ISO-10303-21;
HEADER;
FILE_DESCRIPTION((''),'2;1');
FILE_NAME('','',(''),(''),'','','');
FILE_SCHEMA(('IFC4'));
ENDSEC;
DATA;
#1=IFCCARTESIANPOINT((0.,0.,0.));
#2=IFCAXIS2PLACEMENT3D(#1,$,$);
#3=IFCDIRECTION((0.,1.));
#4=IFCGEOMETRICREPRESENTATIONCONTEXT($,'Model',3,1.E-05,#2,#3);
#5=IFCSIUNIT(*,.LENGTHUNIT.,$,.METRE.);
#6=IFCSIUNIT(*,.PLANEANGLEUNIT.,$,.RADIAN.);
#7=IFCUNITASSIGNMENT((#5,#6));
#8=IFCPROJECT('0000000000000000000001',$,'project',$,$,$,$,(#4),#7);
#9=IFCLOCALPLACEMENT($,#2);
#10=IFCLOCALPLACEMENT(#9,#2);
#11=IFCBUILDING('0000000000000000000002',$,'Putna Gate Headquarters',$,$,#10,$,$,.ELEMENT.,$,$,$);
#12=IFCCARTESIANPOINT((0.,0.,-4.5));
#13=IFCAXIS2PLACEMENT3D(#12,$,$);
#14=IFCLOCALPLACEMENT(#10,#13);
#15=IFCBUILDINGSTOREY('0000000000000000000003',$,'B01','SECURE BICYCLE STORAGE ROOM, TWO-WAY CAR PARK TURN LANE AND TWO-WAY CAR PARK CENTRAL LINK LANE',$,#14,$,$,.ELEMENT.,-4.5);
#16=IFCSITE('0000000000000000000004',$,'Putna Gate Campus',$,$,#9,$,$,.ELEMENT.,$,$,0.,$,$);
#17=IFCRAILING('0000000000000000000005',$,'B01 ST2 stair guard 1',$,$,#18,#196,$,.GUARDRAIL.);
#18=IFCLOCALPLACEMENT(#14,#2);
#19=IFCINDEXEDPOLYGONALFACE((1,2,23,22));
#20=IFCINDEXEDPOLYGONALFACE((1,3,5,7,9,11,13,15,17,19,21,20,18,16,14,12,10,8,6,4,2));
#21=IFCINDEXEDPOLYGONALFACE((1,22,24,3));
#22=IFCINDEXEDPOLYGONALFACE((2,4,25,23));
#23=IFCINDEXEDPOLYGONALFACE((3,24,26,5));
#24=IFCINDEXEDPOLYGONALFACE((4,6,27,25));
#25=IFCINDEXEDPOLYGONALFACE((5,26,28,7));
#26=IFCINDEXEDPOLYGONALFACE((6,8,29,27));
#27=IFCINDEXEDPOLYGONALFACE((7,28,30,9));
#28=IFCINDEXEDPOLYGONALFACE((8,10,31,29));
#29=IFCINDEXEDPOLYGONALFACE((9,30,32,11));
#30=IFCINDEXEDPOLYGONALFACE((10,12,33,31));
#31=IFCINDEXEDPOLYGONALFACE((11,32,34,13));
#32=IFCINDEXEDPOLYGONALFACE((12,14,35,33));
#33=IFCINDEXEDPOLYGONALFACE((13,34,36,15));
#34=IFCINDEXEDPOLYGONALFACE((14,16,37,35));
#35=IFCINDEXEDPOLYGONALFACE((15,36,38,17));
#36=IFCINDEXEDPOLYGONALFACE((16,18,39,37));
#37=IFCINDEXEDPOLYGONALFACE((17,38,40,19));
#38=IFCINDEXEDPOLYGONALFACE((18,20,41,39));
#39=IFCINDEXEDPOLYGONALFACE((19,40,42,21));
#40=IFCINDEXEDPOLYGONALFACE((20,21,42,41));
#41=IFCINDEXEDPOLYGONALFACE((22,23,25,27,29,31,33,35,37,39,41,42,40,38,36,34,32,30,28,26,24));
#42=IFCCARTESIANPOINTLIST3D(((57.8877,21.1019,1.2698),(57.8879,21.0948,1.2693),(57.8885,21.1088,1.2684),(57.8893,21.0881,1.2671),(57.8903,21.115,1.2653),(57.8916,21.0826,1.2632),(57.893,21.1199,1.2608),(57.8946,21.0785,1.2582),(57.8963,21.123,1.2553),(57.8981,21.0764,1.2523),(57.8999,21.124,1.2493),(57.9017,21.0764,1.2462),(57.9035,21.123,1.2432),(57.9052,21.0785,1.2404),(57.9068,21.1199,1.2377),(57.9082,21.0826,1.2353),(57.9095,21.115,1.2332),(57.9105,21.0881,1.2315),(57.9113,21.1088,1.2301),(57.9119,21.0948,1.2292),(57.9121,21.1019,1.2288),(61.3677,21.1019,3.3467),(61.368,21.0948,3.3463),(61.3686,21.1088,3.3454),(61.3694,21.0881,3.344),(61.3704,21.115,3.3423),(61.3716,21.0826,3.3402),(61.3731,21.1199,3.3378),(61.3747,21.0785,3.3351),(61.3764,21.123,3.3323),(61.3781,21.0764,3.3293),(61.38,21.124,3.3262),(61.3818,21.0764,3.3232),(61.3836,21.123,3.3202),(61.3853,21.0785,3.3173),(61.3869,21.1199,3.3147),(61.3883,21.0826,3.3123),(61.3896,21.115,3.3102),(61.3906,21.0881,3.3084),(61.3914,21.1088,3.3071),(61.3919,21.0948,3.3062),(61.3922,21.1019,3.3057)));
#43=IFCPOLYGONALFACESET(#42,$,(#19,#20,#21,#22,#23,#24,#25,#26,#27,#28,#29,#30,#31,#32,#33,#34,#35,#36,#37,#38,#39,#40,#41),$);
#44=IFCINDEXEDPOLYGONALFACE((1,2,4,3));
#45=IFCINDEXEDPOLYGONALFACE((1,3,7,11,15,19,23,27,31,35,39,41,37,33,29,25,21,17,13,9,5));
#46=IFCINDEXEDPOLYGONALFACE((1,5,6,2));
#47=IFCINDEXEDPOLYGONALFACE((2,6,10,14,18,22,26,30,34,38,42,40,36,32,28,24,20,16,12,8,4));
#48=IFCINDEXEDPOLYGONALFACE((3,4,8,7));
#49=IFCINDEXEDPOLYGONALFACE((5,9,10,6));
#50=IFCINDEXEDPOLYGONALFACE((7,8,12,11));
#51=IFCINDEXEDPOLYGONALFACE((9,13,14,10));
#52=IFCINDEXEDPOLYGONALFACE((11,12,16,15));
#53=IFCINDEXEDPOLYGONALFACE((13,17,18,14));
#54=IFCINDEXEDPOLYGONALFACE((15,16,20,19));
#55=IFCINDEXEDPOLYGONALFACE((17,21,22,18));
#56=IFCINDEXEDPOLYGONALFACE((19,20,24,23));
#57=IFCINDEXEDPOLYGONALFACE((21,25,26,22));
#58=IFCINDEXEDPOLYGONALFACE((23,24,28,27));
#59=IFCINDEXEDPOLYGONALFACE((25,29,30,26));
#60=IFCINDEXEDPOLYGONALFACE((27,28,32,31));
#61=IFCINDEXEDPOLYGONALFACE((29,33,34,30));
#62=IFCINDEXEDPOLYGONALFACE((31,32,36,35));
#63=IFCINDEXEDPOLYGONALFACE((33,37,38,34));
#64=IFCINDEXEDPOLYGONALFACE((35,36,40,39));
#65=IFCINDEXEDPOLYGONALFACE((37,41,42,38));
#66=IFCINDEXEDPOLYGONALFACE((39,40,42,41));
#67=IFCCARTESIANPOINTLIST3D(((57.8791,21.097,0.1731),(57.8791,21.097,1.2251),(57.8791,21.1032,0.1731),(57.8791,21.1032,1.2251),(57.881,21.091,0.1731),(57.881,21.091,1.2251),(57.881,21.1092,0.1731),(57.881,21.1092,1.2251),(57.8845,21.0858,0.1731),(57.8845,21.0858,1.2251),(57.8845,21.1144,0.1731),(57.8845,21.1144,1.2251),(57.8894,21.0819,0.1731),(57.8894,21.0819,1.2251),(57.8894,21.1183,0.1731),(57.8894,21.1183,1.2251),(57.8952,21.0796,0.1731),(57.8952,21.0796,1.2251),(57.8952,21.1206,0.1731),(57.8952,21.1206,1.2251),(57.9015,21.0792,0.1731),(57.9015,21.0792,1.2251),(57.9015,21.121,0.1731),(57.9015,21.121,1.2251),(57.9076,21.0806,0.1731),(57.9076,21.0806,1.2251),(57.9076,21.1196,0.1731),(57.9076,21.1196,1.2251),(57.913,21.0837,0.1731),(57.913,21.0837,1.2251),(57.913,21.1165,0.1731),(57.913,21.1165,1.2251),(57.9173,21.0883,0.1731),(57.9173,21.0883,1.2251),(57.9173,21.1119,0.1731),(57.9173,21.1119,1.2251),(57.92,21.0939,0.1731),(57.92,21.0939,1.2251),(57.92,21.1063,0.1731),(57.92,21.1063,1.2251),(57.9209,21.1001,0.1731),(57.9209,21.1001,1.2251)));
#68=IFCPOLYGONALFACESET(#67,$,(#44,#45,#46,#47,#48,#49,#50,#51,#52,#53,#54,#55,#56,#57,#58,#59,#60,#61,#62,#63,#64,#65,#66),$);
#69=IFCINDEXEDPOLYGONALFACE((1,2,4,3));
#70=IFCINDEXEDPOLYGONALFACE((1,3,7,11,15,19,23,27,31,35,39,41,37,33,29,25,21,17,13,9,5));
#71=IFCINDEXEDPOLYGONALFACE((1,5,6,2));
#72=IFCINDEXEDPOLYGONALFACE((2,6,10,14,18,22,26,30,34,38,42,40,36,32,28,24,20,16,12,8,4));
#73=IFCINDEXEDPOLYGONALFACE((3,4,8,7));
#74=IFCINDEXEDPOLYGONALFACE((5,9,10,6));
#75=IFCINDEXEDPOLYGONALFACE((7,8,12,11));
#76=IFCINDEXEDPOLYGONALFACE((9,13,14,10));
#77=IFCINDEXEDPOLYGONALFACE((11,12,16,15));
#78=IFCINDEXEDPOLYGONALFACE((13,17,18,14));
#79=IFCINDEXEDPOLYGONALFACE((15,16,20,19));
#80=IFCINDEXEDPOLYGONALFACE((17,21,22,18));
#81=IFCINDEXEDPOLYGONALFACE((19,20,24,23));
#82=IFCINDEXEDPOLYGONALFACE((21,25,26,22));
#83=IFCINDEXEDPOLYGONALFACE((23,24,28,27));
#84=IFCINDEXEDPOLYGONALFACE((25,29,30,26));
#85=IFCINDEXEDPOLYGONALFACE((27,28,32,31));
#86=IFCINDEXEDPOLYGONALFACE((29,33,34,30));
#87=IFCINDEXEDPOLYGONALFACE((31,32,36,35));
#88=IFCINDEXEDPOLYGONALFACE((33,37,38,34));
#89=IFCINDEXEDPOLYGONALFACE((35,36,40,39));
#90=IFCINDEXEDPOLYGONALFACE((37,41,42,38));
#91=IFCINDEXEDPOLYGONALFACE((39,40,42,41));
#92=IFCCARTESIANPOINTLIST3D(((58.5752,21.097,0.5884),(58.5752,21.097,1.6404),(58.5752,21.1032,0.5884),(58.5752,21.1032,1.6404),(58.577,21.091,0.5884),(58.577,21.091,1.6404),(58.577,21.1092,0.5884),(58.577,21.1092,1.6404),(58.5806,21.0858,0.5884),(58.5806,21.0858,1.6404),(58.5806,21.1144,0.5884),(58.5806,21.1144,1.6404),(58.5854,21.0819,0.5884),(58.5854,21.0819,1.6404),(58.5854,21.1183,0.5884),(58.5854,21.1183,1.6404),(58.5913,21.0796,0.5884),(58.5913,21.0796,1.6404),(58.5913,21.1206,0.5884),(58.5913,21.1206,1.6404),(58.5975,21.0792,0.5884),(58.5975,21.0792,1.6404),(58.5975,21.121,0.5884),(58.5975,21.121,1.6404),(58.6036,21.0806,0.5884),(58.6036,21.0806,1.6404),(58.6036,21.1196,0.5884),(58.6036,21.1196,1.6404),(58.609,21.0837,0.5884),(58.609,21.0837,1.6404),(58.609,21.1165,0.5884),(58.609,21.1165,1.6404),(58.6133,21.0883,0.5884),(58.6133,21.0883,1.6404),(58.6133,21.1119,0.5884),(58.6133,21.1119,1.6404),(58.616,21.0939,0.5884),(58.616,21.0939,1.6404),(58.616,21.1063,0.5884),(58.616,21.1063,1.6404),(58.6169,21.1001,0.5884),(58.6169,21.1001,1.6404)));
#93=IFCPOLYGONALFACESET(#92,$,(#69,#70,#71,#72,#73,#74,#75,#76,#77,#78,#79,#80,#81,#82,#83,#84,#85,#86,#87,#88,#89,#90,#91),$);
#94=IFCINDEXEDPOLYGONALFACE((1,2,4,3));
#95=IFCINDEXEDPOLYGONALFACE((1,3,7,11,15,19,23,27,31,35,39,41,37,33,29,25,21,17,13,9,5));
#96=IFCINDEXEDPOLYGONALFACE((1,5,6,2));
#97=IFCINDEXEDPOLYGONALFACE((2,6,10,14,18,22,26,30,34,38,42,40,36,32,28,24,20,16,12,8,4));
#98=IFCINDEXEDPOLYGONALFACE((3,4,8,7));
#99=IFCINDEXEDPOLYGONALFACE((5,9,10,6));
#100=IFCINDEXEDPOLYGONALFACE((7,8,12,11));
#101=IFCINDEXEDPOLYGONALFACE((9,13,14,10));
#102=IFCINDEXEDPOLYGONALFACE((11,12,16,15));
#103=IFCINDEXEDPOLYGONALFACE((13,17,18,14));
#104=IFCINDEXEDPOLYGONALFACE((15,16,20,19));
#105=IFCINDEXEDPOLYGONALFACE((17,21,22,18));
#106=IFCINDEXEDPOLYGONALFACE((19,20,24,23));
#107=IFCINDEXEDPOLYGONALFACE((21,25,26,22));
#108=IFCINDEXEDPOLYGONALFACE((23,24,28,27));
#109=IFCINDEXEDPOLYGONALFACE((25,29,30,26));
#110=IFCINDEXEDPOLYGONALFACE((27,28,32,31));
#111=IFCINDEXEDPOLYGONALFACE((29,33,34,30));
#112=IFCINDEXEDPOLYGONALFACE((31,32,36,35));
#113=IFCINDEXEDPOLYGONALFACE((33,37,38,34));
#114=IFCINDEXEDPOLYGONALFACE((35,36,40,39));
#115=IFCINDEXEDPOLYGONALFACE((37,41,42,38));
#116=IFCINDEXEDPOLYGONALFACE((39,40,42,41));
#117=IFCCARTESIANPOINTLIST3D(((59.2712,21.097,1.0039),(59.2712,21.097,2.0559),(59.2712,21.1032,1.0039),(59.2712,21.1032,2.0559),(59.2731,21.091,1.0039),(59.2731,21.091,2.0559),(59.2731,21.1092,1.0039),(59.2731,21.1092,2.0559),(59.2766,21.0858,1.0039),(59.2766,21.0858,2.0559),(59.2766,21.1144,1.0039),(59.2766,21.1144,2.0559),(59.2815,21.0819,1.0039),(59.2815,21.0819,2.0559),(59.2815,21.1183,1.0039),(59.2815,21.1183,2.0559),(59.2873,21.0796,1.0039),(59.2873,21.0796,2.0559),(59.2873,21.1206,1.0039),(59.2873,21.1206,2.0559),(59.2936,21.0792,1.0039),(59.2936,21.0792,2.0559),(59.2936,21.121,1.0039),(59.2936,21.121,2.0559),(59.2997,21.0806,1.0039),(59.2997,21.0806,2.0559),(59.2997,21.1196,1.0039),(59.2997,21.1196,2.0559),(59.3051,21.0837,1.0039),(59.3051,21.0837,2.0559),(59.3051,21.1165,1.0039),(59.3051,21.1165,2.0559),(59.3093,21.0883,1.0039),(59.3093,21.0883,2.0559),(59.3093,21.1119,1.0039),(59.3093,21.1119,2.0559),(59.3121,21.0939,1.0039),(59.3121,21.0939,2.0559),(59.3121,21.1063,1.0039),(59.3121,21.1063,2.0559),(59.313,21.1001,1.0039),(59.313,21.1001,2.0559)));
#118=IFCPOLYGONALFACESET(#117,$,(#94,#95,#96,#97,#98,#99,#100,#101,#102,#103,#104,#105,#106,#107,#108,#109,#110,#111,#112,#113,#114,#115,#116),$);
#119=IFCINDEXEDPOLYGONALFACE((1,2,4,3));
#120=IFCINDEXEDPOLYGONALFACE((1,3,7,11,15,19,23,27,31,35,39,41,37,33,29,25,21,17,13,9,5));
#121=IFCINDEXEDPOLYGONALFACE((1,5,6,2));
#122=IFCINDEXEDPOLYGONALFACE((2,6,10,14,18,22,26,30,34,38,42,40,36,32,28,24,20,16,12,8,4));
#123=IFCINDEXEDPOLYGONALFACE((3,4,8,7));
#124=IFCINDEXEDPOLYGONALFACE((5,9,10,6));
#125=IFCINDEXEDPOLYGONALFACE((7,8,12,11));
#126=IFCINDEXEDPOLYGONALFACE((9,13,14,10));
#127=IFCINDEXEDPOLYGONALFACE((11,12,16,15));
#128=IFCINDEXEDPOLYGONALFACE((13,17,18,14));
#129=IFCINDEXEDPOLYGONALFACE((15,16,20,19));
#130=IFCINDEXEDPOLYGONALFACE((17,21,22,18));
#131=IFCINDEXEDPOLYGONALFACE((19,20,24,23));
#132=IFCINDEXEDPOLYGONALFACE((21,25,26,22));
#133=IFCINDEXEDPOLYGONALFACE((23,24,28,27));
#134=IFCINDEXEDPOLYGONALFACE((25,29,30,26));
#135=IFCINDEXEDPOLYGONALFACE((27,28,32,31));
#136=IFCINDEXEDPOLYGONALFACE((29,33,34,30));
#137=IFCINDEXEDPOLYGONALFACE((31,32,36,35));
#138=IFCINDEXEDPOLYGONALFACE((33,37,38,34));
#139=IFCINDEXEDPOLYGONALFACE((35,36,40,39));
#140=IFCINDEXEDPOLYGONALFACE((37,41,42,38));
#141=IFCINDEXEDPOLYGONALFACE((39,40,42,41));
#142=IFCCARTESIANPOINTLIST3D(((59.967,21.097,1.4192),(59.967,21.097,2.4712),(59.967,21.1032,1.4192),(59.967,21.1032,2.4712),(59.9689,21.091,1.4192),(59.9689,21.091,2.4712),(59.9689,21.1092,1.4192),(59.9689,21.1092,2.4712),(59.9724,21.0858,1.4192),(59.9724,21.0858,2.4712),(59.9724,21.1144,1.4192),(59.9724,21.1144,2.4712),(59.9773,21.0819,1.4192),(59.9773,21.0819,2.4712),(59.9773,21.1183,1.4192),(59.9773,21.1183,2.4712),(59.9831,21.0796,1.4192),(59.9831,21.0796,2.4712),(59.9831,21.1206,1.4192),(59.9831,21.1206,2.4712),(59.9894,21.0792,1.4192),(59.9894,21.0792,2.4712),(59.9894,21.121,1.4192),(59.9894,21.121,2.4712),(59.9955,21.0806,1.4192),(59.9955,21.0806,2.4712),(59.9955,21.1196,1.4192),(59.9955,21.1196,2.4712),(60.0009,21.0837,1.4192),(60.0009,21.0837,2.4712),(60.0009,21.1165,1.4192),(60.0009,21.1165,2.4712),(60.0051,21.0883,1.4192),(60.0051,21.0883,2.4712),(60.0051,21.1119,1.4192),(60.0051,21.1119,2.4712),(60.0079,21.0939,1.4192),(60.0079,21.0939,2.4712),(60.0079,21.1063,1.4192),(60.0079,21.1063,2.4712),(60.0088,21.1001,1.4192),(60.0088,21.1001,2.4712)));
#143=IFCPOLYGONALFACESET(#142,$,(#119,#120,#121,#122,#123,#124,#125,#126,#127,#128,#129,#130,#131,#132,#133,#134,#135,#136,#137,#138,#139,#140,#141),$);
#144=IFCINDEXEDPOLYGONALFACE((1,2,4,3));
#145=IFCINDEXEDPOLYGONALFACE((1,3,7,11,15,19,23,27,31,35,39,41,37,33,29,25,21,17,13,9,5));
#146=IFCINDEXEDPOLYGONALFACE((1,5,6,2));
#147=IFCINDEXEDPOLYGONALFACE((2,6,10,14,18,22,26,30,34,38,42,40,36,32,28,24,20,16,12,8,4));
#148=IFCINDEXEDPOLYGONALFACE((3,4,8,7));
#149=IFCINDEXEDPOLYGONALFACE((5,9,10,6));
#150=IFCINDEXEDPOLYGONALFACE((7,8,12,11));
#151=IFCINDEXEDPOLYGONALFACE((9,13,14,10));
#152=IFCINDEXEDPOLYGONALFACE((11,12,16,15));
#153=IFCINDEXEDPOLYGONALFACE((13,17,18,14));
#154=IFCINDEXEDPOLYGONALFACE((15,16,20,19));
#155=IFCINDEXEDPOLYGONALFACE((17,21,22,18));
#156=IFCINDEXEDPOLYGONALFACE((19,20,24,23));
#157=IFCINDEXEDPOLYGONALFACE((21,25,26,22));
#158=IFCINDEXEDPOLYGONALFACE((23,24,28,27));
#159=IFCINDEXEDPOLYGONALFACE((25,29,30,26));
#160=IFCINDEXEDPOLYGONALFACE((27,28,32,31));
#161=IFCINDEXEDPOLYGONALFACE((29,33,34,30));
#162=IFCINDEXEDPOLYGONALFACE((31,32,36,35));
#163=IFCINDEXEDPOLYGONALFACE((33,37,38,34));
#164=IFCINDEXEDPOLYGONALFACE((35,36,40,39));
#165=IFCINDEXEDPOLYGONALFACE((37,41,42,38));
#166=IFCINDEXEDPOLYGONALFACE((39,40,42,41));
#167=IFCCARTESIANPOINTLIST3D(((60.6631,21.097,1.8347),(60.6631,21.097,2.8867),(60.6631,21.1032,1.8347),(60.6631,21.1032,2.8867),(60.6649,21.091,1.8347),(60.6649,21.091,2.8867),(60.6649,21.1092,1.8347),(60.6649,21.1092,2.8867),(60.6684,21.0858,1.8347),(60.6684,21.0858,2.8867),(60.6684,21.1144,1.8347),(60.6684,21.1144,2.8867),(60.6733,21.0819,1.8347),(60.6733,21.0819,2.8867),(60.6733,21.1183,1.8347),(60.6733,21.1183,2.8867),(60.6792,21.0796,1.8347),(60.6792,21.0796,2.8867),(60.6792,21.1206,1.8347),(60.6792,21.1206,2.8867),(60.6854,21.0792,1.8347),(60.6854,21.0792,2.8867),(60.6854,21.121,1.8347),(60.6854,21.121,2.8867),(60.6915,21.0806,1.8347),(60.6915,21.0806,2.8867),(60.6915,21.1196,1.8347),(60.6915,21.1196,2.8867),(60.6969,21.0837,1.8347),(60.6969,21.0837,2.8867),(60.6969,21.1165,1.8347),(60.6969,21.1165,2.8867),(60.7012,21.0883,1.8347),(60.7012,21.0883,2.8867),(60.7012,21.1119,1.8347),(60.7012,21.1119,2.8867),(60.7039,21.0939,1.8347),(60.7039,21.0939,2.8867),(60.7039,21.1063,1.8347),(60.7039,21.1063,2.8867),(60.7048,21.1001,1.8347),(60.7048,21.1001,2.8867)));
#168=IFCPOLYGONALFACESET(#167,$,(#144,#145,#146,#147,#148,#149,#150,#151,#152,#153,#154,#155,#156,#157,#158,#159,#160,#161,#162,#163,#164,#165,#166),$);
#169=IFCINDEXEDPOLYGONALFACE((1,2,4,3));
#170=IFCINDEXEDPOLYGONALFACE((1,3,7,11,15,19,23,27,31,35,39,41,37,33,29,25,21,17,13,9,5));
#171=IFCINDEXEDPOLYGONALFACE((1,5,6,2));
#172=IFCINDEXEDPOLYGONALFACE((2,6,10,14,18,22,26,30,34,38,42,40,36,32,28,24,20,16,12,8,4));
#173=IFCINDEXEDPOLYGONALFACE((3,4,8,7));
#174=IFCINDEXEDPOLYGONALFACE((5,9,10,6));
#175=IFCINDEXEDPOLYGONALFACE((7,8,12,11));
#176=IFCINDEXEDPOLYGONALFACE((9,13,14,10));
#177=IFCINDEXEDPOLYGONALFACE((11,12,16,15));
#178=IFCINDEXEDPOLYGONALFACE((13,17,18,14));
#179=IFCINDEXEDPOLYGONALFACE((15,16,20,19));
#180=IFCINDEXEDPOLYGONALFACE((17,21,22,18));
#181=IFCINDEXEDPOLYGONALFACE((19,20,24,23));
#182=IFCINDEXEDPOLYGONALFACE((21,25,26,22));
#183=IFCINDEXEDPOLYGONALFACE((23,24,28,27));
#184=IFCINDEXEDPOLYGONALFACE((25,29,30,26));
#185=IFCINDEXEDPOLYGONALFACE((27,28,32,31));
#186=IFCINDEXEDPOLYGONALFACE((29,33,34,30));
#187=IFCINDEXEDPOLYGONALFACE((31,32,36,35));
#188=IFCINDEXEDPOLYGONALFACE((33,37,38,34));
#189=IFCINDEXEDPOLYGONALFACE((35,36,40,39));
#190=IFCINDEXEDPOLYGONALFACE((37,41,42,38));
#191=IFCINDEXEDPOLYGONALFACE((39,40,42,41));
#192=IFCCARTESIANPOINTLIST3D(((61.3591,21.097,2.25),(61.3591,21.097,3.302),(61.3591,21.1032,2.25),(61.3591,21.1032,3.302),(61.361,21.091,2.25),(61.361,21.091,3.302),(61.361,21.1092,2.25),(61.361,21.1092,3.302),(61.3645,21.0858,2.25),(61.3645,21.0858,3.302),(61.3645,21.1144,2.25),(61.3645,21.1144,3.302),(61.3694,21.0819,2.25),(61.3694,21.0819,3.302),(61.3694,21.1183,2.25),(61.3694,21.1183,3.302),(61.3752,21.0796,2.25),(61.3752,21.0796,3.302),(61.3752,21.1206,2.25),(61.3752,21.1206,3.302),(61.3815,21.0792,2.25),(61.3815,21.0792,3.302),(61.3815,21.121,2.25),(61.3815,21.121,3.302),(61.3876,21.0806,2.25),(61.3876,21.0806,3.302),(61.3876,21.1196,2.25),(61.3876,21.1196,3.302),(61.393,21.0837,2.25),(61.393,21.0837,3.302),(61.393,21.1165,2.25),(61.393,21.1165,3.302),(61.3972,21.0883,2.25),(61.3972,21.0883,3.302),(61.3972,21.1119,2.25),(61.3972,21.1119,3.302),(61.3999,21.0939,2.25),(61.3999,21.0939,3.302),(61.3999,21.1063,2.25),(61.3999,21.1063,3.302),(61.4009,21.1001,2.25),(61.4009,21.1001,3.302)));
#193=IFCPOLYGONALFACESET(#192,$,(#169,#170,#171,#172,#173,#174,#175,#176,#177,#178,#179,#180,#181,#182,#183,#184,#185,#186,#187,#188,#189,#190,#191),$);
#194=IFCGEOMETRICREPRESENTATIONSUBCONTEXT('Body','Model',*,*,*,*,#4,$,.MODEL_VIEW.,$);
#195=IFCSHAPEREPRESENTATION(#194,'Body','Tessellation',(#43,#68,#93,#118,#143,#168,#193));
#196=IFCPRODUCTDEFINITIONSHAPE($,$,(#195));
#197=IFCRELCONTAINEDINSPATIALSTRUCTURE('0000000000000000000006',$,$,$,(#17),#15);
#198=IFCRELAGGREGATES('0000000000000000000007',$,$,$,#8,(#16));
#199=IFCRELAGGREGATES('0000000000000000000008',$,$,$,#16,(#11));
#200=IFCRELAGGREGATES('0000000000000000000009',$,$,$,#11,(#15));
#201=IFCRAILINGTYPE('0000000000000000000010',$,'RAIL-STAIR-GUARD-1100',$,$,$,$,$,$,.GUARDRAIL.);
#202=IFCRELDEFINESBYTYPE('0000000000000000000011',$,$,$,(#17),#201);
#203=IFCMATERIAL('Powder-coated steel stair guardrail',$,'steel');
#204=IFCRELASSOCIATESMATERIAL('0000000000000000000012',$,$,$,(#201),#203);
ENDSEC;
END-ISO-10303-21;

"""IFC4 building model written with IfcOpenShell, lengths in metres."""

from ifc_helpers import new_model, si_unit, direction, frame, origin, origin_2d, place, context, subcontext, project, spatial, circle, extrude, material, type_object, element, save


model = new_model("IFC4")

# Units and contexts
model_context = context("Model", 3, precision=1e-05, world=origin(), true_north=direction((0.0, 1.0)))
body_context = subcontext(model_context, "Body", "Model", "MODEL_VIEW")
ifc_project = project(units=[si_unit("LENGTHUNIT", "METRE"), si_unit("PLANEANGLEUNIT", "RADIAN")], contexts=[model_context])

# Site, building, storey
site_placement = place(None, origin())
site = spatial("IfcSite", under=ifc_project, at=site_placement, Name="Putna Gate Campus", CompositionType="ELEMENT", RefElevation=0.0)
building_placement = place(site_placement, origin())
building = spatial("IfcBuilding", under=site, at=building_placement, Name="Putna Gate Headquarters", CompositionType="ELEMENT")
storey_placement = place(building_placement, frame((0.0, 0.0, -4.5)))
storey = spatial("IfcBuildingStorey", under=building, at=storey_placement, Name="B01", Description="SECURE BICYCLE STORAGE ROOM, TWO-WAY CAR PARK TURN LANE AND TWO-WAY CAR PARK CENTRAL LINK LANE", CompositionType="ELEMENT", Elevation=-4.5)

# Railing
ifc_material_1 = material(Name="Powder-coated steel stair guardrail", Category="steel")
railing_type_1 = type_object("IfcRailingType", Name="RAIL-STAIR-GUARD-1100", PredefinedType="GUARDRAIL", material=ifc_material_1)
railing_1_placement = place(storey_placement, frame((57.8999, 21.1001, 0.1731)))
element("IfcRailing", 1, at=railing_1_placement, inside=storey, type_object=railing_type_1, Name="B01 ST2 stair guard 1", PredefinedType="GUARDRAIL", context=body_context, shape_type="SweptSolid", body=[
    extrude(circle(Radius=0.0239, at=origin_2d()), frame((0.0, 0.0, 1.0762), z_axis=(0.858697, 0.0, 0.512483), x_axis=(0.0, 1.0, 0.0)), (0.0, 0.0, 1.0), 4.0527),
    extrude(circle(Radius=0.021, at=origin_2d()), origin(), (0.0, 0.0, 1.0), 1.052),
    extrude(circle(Radius=0.021, at=origin_2d()), frame((0.696, 0.0, 0.4153)), (0.0, 0.0, 1.0), 1.052),
    extrude(circle(Radius=0.021, at=origin_2d()), frame((1.3921, 0.0, 0.8308)), (0.0, 0.0, 1.0), 1.052),
    extrude(circle(Radius=0.021, at=origin_2d()), frame((2.0879, 0.0, 1.2461)), (0.0, 0.0, 1.0), 1.052),
    extrude(circle(Radius=0.021, at=origin_2d()), frame((2.7839, 0.0, 1.6616)), (0.0, 0.0, 1.0), 1.052),
    extrude(circle(Radius=0.021, at=origin_2d()), frame((3.48, 0.0, 2.0769)), (0.0, 0.0, 1.0), 1.052),
])

save(model, "model.ifc")
